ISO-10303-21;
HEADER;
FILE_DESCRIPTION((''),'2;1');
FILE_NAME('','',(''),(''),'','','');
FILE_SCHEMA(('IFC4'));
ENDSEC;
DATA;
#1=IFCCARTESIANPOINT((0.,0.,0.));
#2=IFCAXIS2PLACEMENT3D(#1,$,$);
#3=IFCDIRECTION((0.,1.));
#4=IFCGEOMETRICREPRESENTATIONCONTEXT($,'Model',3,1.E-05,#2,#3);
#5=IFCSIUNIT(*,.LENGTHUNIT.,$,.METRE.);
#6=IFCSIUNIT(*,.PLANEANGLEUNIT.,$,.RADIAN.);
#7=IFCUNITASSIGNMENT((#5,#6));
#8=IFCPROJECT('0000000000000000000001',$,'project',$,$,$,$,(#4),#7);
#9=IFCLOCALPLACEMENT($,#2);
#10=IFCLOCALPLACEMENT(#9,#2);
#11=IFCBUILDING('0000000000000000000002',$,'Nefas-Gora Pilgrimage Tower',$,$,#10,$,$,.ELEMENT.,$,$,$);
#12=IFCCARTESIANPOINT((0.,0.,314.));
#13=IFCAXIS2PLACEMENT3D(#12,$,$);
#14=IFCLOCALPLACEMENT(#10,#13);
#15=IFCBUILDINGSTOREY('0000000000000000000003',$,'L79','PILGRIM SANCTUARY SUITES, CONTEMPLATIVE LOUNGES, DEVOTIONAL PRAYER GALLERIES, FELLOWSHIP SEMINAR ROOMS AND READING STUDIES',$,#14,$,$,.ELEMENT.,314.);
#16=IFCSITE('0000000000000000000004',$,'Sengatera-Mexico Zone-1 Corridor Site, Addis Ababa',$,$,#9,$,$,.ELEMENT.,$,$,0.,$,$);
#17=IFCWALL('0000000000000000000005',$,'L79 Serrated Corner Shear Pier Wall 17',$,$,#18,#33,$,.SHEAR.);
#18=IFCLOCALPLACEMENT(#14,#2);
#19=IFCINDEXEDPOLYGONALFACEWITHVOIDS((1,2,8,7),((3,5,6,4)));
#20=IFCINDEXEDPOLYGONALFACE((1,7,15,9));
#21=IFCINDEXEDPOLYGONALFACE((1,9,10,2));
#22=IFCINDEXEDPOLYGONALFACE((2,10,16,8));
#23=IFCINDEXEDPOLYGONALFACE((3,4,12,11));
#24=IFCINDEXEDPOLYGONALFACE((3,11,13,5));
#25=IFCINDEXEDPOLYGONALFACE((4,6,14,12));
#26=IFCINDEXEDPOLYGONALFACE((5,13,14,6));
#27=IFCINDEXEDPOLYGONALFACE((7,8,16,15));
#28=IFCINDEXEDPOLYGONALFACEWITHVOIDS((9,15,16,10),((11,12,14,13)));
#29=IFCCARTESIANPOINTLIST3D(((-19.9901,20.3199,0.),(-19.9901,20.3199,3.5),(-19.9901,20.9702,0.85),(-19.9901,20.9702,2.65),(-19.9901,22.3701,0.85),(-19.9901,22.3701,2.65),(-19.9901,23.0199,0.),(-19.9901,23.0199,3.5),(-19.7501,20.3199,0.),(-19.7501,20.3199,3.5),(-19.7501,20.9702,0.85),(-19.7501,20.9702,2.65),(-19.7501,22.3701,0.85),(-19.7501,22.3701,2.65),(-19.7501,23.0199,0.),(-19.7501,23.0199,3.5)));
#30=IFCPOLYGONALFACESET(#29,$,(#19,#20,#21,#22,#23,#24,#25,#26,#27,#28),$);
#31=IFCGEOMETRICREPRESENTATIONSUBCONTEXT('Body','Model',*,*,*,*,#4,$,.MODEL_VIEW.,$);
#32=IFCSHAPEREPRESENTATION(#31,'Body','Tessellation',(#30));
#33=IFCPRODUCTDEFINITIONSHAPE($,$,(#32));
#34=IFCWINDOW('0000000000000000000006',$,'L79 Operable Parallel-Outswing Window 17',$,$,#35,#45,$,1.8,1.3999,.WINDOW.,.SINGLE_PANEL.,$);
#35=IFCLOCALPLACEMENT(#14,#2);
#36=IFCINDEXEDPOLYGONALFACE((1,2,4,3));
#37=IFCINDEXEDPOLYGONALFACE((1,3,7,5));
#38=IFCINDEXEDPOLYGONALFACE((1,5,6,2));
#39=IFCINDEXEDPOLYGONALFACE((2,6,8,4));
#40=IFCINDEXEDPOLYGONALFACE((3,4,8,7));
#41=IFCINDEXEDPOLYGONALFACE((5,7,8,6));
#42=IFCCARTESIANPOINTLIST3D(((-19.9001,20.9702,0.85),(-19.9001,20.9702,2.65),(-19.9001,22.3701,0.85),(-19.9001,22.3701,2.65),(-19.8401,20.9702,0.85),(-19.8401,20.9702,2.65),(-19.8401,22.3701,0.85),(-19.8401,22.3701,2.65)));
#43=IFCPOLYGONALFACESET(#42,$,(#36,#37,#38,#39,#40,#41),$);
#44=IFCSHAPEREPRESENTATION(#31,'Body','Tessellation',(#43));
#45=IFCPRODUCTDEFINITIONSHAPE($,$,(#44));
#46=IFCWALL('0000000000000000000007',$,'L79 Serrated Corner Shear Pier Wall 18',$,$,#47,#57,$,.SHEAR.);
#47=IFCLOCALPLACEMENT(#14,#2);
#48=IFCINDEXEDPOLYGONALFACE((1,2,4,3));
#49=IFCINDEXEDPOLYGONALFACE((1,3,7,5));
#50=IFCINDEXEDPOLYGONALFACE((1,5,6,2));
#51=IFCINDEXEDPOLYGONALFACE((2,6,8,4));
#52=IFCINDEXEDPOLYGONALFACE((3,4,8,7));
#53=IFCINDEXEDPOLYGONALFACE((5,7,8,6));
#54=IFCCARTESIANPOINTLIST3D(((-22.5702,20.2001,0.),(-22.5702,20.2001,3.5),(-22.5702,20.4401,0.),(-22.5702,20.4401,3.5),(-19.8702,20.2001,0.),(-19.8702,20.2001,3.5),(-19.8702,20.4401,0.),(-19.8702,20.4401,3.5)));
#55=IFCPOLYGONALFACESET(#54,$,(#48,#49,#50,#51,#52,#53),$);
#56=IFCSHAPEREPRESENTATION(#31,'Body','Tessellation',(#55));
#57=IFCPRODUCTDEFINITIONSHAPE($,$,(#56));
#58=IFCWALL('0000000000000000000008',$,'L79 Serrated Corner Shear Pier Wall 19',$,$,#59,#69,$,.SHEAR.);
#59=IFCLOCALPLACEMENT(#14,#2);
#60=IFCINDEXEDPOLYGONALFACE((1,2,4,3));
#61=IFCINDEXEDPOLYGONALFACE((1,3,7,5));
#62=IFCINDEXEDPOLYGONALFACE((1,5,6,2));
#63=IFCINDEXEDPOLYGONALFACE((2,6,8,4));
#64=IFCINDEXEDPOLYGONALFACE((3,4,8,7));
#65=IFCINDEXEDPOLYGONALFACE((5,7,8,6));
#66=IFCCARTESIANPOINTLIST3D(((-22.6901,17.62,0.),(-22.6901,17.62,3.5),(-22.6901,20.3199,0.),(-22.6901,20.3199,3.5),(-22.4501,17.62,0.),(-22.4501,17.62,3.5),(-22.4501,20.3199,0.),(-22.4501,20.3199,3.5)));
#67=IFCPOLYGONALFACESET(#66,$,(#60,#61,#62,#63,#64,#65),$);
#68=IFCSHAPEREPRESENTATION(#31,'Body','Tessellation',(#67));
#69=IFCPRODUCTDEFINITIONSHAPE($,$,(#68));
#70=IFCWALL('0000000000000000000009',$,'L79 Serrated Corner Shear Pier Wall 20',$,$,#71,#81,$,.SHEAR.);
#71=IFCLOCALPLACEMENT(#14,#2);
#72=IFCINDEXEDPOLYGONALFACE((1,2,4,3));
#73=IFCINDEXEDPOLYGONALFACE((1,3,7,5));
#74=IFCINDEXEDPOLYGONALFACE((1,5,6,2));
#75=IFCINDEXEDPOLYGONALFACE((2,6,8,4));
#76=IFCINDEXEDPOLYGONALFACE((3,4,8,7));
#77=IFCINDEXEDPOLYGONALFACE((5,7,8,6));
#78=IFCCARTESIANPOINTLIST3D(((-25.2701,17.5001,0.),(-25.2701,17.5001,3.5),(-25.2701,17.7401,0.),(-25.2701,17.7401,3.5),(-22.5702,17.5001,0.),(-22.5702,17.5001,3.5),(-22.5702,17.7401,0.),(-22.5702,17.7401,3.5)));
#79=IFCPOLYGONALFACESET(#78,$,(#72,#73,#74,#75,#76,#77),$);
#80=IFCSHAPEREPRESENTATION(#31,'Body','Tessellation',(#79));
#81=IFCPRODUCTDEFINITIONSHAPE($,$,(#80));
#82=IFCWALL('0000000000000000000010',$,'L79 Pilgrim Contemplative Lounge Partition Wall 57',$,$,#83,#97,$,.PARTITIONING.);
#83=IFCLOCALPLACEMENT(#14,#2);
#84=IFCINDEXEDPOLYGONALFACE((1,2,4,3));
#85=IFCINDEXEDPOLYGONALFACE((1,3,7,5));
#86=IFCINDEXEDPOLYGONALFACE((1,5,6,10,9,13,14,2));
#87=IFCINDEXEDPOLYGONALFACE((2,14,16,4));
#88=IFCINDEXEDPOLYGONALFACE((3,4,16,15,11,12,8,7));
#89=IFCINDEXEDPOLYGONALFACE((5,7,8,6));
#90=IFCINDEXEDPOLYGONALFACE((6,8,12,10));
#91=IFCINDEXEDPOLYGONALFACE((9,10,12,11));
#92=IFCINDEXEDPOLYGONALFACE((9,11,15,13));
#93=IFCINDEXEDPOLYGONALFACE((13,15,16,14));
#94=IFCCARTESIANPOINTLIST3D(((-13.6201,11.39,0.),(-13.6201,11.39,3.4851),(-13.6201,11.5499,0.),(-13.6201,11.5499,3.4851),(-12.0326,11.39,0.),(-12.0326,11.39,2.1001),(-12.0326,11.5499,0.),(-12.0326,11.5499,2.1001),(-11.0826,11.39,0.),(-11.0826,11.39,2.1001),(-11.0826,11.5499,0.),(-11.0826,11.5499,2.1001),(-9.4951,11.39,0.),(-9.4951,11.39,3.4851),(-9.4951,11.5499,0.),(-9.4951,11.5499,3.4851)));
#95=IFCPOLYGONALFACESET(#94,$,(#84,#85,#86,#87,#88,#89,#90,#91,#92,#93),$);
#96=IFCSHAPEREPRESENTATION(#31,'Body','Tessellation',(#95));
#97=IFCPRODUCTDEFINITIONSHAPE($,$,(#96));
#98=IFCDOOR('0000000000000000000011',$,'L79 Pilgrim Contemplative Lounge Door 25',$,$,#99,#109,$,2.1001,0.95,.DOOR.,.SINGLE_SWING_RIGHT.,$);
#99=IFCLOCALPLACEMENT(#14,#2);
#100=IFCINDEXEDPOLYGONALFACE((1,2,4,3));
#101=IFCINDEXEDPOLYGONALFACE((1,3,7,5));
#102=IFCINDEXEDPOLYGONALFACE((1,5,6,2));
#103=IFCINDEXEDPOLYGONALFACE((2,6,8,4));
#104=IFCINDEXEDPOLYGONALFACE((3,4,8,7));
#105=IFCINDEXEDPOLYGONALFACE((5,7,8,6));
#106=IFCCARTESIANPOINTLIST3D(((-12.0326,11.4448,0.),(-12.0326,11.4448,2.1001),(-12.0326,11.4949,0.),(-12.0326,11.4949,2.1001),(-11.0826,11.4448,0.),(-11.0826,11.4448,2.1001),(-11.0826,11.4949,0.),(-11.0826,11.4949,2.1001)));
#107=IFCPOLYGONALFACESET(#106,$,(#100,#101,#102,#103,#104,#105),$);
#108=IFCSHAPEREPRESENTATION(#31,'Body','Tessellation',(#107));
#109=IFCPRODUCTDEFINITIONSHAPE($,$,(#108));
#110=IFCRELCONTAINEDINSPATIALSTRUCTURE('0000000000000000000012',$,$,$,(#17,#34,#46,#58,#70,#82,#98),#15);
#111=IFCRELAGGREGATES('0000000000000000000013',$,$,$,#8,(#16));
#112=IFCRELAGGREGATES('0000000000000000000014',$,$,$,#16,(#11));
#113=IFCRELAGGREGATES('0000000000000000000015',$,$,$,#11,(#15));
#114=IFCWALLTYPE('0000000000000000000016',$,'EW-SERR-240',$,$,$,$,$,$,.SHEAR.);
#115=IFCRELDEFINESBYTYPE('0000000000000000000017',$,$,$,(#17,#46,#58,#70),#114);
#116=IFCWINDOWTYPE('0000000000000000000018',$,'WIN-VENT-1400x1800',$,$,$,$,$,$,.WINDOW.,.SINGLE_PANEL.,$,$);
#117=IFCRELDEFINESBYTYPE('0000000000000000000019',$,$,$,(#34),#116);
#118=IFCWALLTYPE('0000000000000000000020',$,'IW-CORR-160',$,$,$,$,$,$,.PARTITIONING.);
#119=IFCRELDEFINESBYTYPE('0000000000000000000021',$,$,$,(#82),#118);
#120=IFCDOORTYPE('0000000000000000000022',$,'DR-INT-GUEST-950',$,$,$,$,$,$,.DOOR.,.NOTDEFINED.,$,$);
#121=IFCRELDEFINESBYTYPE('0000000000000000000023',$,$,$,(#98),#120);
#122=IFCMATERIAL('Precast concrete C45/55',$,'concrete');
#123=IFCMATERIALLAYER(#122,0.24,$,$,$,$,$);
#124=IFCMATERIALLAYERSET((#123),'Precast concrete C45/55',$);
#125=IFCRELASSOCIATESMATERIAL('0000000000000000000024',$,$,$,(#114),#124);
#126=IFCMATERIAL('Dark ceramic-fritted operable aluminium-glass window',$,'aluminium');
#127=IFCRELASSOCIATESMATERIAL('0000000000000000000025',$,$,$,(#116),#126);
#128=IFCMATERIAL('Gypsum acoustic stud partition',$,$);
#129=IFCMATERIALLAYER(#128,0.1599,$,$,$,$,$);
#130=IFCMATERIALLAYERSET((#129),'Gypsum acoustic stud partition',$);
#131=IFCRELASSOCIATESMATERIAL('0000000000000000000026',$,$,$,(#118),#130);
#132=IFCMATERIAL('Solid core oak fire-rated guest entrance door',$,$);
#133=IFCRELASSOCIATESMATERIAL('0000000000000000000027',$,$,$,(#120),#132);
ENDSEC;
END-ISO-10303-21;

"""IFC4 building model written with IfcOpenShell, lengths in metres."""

from ifc_helpers import new_model, si_unit, direction, frame, frame_2d, origin, place, context, subcontext, project, spatial, rectangle, extrude, source, transform, mapped, material, layer, layer_set, type_object, element, fill, save


model = new_model("IFC4")

# Units and contexts
model_context = context("Model", 3, precision=1e-05, world=origin(), true_north=direction((0.0, 1.0)))
body_context = subcontext(model_context, "Body", "Model", "MODEL_VIEW")
ifc_project = project(units=[si_unit("LENGTHUNIT", "METRE"), si_unit("PLANEANGLEUNIT", "RADIAN")], contexts=[model_context])

# Site, building, storey
site_placement = place(None, origin())
site = spatial("IfcSite", under=ifc_project, at=site_placement, Name="Sengatera-Mexico Zone-1 Corridor Site, Addis Ababa", CompositionType="ELEMENT", RefElevation=0.0)
building_placement = place(site_placement, origin())
building = spatial("IfcBuilding", under=site, at=building_placement, Name="Nefas-Gora Pilgrimage Tower", CompositionType="ELEMENT")
storey_placement = place(building_placement, frame((0.0, 0.0, 314.0)))
storey = spatial("IfcBuildingStorey", under=building, at=storey_placement, Name="L79", Description="PILGRIM SANCTUARY SUITES, CONTEMPLATIVE LOUNGES, DEVOTIONAL PRAYER GALLERIES, FELLOWSHIP SEMINAR ROOMS AND READING STUDIES", CompositionType="ELEMENT", Elevation=314.0)

# Wall, opening, window
ifc_material_1 = material(Name="Precast concrete C45/55", Category="concrete")
ifc_layer_1 = layer(ifc_material_1, 0.24)
ifc_layer_set_1 = layer_set([ifc_layer_1], Name="Precast concrete C45/55")
wall_type_1 = type_object("IfcWallType", Name="EW-SERR-240", PredefinedType="SHEAR", material=ifc_layer_set_1)
shared_shape_1 = source(origin(), body_context, "Body", "SweptSolid", [
    extrude(rectangle(XDim=2.7, YDim=0.24, at=frame_2d((1.3501, 0.0))), origin(), (0.0, 0.0, 1.0), 3.5),
])
wall_1_placement = place(storey_placement, frame((-19.8701, 23.02, 0.0), z_axis=(0.0, 0.0, 1.0), x_axis=(0.0, -1.0, 0.0)))
wall_1 = element("IfcWall", 1, at=wall_1_placement, inside=storey, type_object=wall_type_1, Name="L79 Serrated Corner Shear Pier Wall 17", PredefinedType="SHEAR", context=body_context, shape_type="MappedRepresentation", body=[
    mapped(shared_shape_1, transform((0.0, 0.0, 0.0), x_axis=(1.0, 0.0, 0.0), y_axis=(0.0, 1.0, 0.0), z_axis=(0.0, 0.0, 1.0), scale=1.0)),
])
opening_1_placement = place(wall_1_placement, frame((0.6499, 0.0, 0.8501)))
opening_1 = element("IfcOpeningElement", 2, at=opening_1_placement, cuts=wall_1, PredefinedType="OPENING", context=body_context, shape_type="SweptSolid", body=[
    extrude(rectangle(XDim=1.3999, YDim=1.8, at=frame_2d((0.7, 0.8999))), frame((0.0, 0.1299, 0.0), z_axis=(0.0, -1.0, 0.0), x_axis=(1.0, 0.0, 0.0)), (0.0, 0.0, 1.0), 0.26),
])
ifc_material_2 = material(Name="Dark ceramic-fritted operable aluminium-glass window", Category="aluminium")
window_type = type_object("IfcWindowType", Name="WIN-VENT-1400x1800", PartitioningType="SINGLE_PANEL", PredefinedType="WINDOW", material=ifc_material_2)
shared_shape_2 = source(origin(), body_context, "Body", "SweptSolid", [
    extrude(rectangle(XDim=1.3999, YDim=1.8, at=frame_2d((0.7, 0.8999))), frame((0.0, 0.03, 0.0), z_axis=(0.0, -1.0, 0.0), x_axis=(1.0, 0.0, 0.0)), (0.0, 0.0, 1.0), 0.0601),
])
window_placement = place(opening_1_placement, origin())
window = element("IfcWindow", 3, at=window_placement, inside=storey, type_object=window_type, Name="L79 Operable Parallel-Outswing Window 17", OverallHeight=1.8, OverallWidth=1.3999, PartitioningType="SINGLE_PANEL", PredefinedType="WINDOW", context=body_context, shape_type="MappedRepresentation", body=[
    mapped(shared_shape_2, transform((0.0, 0.0, 0.0), x_axis=(1.0, 0.0, 0.0), y_axis=(0.0, 1.0, 0.0), z_axis=(0.0, 0.0, 1.0), scale=1.0)),
])
fill(opening_1, window)

# Walls
for number, where, z_axis, x_axis, name in (
    (4, (-19.8701, 20.3201, 0.0), (0.0, 0.0, 1.0), (-1.0, 0.0, 0.0), "L79 Serrated Corner Shear Pier Wall 18"),
    (5, (-22.5701, 20.3201, 0.0), (0.0, 0.0, 1.0), (0.0, -1.0, 0.0), "L79 Serrated Corner Shear Pier Wall 19"),
    (6, (-22.5701, 17.6201, 0.0), (0.0, 0.0, 1.0), (-1.0, 0.0, 0.0), "L79 Serrated Corner Shear Pier Wall 20"),
):
    element("IfcWall", number, at=place(storey_placement, frame(where, z_axis=z_axis, x_axis=x_axis)), inside=storey, type_object=wall_type_1, Name=name, PredefinedType="SHEAR", context=body_context, shape_type="MappedRepresentation", body=[
        mapped(shared_shape_1, transform((0.0, 0.0, 0.0), x_axis=(1.0, 0.0, 0.0), y_axis=(0.0, 1.0, 0.0), z_axis=(0.0, 0.0, 1.0), scale=1.0)),
    ])

# Wall, opening, door
ifc_material_3 = material(Name="Gypsum acoustic stud partition")
ifc_layer_2 = layer(ifc_material_3, 0.1599)
ifc_layer_set_2 = layer_set([ifc_layer_2], Name="Gypsum acoustic stud partition")
wall_type_2 = type_object("IfcWallType", Name="IW-CORR-160", PredefinedType="PARTITIONING", material=ifc_layer_set_2)
shared_shape_3 = source(origin(), body_context, "Body", "SweptSolid", [
    extrude(rectangle(XDim=4.125, YDim=0.1599, at=frame_2d((2.0625, 0.0))), origin(), (0.0, 0.0, 1.0), 3.4851),
])
wall_2_placement = place(storey_placement, frame((-13.6201, 11.47, 0.0), z_axis=(0.0, 0.0, 1.0), x_axis=(1.0, 0.0, 0.0)))
wall_2 = element("IfcWall", 7, at=wall_2_placement, inside=storey, type_object=wall_type_2, Name="L79 Pilgrim Contemplative Lounge Partition Wall 57", PredefinedType="PARTITIONING", context=body_context, shape_type="MappedRepresentation", body=[
    mapped(shared_shape_3, transform((0.0, 0.0, 0.0), x_axis=(1.0, 0.0, 0.0), y_axis=(0.0, 1.0, 0.0), z_axis=(0.0, 0.0, 1.0), scale=1.0)),
])
opening_2_placement = place(wall_2_placement, frame((1.5874, 0.0, 0.0)))
opening_2 = element("IfcOpeningElement", 8, at=opening_2_placement, cuts=wall_2, PredefinedType="OPENING", context=body_context, shape_type="SweptSolid", body=[
    extrude(rectangle(XDim=0.95, YDim=2.1001, at=frame_2d((0.4751, 1.05))), frame((0.0, 0.0898, 0.0), z_axis=(0.0, -1.0, 0.0), x_axis=(1.0, 0.0, 0.0)), (0.0, 0.0, 1.0), 0.1799),
])
ifc_material_4 = material(Name="Solid core oak fire-rated guest entrance door")
door_type = type_object("IfcDoorType", Name="DR-INT-GUEST-950", OperationType="NOTDEFINED", PredefinedType="DOOR", material=ifc_material_4)
shared_shape_4 = source(origin(), body_context, "Body", "SweptSolid", [
    extrude(rectangle(XDim=0.95, YDim=2.1001, at=frame_2d((0.4751, 1.05))), frame((0.0, 0.0249, 0.0), z_axis=(0.0, -1.0, 0.0), x_axis=(1.0, 0.0, 0.0)), (0.0, 0.0, 1.0), 0.05),
])
door_placement = place(opening_2_placement, origin())
door = element("IfcDoor", 9, at=door_placement, inside=storey, type_object=door_type, Name="L79 Pilgrim Contemplative Lounge Door 25", OperationType="SINGLE_SWING_RIGHT", OverallHeight=2.1001, OverallWidth=0.95, PredefinedType="DOOR", context=body_context, shape_type="MappedRepresentation", body=[
    mapped(shared_shape_4, transform((0.0, 0.0, 0.0), x_axis=(1.0, 0.0, 0.0), y_axis=(0.0, 1.0, 0.0), z_axis=(0.0, 0.0, 1.0), scale=1.0)),
])
fill(opening_2, door)

save(model, "model.ifc")
